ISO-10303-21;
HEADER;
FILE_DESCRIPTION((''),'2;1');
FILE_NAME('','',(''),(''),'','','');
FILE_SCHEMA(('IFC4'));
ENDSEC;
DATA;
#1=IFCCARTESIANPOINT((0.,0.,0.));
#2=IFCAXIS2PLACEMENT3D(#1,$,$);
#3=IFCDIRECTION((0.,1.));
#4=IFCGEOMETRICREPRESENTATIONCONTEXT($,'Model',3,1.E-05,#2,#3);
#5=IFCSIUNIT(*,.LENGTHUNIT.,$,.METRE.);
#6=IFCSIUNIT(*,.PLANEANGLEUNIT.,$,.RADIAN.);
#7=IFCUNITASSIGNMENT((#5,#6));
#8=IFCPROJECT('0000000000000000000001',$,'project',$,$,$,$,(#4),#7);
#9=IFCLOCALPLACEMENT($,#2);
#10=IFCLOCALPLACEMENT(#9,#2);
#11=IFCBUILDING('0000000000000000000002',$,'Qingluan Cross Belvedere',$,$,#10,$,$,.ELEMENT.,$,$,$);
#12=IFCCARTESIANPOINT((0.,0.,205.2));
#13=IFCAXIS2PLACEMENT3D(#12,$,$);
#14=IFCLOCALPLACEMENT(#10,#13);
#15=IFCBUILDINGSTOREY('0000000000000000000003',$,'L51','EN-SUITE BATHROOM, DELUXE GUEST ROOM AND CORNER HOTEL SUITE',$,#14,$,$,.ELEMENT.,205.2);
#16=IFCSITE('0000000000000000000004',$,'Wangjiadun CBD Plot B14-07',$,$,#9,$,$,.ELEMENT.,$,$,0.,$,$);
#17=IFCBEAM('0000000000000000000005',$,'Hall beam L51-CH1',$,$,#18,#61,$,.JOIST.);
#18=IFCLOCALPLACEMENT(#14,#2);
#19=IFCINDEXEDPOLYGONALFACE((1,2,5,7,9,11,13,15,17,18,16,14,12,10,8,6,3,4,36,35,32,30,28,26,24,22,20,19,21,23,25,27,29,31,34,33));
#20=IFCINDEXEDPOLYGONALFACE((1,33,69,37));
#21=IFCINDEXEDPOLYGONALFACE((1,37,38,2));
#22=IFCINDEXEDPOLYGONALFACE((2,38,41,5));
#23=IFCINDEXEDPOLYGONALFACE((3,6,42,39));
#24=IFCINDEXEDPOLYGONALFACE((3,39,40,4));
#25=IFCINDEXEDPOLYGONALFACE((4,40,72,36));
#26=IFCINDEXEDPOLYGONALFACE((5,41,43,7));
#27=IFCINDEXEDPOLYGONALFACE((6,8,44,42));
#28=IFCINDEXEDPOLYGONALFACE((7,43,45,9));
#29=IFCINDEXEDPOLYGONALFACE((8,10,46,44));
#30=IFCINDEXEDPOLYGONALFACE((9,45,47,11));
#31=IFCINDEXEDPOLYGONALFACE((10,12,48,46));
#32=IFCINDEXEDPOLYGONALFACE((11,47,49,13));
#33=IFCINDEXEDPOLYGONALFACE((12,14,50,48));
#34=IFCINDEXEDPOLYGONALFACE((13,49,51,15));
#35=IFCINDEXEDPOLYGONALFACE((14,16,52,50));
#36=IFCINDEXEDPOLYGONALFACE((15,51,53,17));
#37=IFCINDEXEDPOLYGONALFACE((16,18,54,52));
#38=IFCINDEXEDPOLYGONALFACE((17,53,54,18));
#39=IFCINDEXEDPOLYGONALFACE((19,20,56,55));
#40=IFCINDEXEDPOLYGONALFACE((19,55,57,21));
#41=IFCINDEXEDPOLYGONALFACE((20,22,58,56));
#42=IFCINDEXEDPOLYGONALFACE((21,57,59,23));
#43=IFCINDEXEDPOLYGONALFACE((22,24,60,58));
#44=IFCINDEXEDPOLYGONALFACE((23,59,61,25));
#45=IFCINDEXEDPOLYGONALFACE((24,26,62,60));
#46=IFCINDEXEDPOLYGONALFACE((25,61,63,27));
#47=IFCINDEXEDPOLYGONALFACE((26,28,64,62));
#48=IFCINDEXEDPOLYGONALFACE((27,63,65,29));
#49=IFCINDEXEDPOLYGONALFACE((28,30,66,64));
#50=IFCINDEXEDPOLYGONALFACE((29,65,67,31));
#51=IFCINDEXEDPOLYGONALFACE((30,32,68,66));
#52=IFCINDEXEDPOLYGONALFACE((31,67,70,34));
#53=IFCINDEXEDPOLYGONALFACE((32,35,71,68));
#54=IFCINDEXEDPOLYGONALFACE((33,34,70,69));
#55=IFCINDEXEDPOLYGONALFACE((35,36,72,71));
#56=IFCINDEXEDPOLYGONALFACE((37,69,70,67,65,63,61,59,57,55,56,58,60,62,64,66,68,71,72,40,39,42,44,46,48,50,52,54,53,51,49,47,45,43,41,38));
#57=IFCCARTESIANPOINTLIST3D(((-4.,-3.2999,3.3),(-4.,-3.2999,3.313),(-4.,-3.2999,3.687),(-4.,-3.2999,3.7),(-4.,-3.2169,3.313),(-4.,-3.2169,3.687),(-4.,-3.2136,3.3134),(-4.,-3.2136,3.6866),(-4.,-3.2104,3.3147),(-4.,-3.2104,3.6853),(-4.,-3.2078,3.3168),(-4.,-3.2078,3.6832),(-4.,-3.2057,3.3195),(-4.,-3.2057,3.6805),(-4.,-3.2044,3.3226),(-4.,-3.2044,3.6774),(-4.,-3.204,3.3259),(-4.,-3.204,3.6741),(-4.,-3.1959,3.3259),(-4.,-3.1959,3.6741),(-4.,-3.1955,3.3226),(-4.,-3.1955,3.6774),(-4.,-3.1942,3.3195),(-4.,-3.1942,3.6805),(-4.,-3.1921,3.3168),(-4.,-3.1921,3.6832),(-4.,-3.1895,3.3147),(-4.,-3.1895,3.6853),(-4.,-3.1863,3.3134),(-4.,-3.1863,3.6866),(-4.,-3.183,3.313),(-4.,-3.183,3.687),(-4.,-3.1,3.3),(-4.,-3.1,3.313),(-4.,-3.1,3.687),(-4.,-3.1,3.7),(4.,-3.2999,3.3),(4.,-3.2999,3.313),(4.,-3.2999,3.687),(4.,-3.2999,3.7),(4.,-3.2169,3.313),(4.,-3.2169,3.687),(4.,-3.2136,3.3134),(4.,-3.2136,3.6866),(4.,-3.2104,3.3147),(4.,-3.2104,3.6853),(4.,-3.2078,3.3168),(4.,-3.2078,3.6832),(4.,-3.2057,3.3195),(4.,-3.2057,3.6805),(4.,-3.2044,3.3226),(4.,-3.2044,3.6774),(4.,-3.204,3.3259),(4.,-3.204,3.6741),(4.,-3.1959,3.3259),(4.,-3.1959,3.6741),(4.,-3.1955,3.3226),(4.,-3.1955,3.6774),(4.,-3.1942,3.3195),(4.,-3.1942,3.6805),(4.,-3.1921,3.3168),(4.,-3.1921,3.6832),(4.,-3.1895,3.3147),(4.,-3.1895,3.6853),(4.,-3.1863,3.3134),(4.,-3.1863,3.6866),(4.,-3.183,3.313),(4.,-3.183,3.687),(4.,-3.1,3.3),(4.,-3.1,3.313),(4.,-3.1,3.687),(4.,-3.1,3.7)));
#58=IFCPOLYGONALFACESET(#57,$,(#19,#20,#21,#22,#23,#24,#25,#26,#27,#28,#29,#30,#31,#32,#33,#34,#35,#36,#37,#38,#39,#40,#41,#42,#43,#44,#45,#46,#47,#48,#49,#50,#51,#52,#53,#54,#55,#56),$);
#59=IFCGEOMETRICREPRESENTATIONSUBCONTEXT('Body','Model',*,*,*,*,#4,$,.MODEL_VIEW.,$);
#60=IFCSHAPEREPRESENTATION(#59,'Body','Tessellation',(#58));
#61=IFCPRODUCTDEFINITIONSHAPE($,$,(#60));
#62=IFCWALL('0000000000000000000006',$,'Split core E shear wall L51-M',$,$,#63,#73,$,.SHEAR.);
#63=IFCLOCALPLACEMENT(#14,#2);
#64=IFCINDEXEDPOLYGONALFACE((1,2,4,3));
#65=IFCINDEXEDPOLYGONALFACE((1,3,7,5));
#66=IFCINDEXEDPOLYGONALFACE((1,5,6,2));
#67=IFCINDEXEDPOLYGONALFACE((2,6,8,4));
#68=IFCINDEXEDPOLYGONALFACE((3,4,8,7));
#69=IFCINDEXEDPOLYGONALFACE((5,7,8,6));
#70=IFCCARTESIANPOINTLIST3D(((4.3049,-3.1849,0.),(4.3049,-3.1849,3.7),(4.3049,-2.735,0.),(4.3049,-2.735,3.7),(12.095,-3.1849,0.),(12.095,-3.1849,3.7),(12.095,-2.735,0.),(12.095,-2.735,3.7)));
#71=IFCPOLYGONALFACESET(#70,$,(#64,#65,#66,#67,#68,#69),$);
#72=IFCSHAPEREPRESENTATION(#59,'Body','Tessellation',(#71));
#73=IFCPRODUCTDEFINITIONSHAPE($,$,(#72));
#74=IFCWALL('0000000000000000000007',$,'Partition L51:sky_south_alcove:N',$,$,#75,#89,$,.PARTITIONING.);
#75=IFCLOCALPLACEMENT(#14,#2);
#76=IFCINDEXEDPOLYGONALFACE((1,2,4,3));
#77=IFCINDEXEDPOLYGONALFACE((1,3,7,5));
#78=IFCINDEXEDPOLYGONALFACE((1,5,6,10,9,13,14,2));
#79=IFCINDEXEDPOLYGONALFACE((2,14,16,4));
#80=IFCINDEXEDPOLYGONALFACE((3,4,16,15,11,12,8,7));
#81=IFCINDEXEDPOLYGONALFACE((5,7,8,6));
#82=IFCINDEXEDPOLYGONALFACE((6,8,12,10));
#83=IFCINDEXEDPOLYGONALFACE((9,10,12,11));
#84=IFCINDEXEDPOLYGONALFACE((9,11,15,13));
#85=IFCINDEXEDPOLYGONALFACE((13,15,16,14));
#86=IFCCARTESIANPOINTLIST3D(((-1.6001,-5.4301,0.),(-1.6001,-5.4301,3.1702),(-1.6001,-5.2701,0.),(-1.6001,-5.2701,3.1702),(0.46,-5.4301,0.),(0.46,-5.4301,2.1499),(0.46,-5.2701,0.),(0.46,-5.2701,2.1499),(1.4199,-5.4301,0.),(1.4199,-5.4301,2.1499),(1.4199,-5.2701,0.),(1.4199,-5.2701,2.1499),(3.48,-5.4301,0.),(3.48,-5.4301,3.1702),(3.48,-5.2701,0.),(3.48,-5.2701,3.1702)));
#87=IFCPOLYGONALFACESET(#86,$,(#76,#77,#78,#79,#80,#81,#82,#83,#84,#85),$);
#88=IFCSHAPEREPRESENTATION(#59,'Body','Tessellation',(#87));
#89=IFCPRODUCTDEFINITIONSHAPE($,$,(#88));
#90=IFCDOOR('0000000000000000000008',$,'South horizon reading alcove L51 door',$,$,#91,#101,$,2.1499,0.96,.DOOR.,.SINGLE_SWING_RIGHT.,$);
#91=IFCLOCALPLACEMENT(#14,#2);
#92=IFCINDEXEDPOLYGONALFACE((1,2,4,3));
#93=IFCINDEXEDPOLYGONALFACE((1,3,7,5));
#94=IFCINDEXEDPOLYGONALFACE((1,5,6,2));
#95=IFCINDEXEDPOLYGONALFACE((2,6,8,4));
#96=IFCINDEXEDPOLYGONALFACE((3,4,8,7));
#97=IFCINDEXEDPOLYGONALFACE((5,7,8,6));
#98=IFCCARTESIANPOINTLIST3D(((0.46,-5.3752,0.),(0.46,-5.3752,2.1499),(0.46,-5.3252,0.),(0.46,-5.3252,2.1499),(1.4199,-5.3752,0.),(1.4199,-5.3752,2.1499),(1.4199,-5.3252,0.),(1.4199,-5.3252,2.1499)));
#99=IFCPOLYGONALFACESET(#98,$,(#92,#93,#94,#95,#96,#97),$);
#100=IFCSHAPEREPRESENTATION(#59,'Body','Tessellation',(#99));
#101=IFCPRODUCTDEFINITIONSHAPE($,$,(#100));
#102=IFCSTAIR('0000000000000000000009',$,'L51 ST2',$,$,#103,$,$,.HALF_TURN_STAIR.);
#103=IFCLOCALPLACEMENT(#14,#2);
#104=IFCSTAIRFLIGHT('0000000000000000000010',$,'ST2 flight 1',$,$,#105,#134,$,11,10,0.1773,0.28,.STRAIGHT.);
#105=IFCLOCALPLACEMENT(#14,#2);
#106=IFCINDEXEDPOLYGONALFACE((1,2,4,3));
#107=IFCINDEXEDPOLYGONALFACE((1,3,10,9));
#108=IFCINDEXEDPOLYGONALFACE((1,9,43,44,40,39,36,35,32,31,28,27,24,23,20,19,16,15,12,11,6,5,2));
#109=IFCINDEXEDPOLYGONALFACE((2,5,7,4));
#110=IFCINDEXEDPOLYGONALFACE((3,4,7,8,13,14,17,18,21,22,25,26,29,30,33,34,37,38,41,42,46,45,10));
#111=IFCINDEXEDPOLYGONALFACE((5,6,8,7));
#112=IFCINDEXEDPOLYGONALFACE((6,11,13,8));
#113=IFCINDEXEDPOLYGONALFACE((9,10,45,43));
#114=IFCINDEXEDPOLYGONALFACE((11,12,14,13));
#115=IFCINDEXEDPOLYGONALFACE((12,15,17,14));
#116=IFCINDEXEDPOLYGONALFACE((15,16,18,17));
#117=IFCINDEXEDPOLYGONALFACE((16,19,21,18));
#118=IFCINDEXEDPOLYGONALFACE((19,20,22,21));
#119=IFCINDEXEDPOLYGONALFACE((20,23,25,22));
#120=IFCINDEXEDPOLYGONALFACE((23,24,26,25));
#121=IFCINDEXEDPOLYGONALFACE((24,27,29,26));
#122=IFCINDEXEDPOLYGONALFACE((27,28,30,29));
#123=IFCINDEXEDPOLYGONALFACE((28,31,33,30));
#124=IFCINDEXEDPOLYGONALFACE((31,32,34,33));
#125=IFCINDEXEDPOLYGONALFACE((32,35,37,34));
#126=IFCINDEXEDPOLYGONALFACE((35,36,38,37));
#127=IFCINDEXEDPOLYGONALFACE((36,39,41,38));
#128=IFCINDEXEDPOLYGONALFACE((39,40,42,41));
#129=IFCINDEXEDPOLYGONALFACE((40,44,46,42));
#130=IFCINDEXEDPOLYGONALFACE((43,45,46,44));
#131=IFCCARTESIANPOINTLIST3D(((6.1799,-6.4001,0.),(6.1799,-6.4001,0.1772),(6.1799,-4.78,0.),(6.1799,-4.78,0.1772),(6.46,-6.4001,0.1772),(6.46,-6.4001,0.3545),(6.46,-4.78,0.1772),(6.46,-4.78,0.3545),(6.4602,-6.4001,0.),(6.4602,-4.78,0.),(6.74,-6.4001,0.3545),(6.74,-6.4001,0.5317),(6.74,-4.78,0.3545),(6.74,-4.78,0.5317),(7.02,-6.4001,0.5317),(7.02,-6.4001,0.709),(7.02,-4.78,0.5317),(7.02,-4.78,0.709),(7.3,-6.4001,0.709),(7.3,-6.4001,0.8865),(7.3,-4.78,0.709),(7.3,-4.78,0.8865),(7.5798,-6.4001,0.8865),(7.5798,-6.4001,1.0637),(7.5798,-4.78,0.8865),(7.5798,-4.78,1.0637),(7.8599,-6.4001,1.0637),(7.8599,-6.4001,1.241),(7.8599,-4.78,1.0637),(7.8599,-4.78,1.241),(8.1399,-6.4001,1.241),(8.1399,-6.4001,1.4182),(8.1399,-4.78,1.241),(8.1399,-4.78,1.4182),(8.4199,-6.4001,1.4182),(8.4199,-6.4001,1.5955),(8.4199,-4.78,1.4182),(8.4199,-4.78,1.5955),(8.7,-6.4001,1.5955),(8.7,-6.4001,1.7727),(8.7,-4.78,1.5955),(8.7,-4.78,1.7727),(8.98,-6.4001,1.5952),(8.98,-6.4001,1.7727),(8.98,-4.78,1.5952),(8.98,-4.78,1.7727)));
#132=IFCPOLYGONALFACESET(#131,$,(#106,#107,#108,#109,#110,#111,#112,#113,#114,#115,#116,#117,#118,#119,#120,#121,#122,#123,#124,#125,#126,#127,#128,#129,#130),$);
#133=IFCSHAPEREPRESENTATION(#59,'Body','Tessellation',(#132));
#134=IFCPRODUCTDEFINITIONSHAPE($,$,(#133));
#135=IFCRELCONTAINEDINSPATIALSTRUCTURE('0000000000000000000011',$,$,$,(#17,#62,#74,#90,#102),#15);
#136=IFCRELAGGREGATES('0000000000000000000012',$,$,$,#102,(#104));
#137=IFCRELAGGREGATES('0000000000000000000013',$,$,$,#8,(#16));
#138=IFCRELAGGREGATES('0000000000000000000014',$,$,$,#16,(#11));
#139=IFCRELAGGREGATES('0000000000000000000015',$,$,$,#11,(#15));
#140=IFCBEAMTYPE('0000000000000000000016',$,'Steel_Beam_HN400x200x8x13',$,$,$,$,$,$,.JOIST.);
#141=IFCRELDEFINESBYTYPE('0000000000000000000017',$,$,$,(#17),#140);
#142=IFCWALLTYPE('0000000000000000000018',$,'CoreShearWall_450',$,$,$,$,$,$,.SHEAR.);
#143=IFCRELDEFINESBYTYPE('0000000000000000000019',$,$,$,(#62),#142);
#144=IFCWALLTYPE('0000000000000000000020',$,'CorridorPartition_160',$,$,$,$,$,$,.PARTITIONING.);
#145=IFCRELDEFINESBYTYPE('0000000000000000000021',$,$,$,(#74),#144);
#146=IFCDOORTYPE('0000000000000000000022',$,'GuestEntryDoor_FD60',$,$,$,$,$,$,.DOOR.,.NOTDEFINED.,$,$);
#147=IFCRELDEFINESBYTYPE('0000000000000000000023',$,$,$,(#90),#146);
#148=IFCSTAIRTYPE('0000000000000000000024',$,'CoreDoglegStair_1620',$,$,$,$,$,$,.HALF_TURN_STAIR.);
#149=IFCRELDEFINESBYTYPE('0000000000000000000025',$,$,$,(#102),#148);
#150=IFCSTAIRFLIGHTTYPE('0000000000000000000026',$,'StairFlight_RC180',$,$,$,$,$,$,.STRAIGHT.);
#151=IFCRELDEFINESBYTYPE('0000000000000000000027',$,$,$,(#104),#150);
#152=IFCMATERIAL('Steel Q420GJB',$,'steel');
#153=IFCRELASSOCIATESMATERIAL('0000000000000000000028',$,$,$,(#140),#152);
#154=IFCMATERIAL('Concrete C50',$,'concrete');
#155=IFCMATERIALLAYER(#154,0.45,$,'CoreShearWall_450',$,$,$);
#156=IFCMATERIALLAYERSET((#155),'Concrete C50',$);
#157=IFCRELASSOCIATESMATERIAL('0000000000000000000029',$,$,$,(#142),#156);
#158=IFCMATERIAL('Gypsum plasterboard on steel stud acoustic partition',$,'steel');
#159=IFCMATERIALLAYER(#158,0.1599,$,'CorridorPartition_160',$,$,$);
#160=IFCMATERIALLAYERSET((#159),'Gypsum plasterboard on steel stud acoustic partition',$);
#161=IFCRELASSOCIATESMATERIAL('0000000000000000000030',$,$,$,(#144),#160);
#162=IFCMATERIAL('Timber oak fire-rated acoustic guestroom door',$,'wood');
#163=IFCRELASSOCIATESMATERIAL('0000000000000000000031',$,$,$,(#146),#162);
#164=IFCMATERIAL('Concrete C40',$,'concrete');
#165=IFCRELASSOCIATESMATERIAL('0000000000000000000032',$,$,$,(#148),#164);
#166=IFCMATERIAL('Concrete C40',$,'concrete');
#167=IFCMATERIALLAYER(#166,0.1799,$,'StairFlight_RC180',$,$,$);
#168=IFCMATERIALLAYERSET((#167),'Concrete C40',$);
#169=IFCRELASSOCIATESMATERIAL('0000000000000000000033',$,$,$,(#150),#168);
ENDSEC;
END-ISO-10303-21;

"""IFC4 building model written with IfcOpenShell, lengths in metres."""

from ifc_helpers import new_model, si_unit, direction, frame, frame_2d, origin, origin_2d, place, context, subcontext, project, spatial, polyline, rectangle, i_section, outline, extrude, material, layer, layer_set, material_profile, profile_set, type_object, element, fill, aggregate, save


model = new_model("IFC4")

# Units and contexts
model_context = context("Model", 3, precision=1e-05, world=origin(), true_north=direction((0.0, 1.0)))
body_context = subcontext(model_context, "Body", "Model", "MODEL_VIEW")
ifc_project = project(units=[si_unit("LENGTHUNIT", "METRE"), si_unit("PLANEANGLEUNIT", "RADIAN")], contexts=[model_context])

# Site, building, storey
site_placement = place(None, origin())
site = spatial("IfcSite", under=ifc_project, at=site_placement, Name="Wangjiadun CBD Plot B14-07", CompositionType="ELEMENT", RefElevation=0.0)
building_placement = place(site_placement, origin())
building = spatial("IfcBuilding", under=site, at=building_placement, Name="Qingluan Cross Belvedere", CompositionType="ELEMENT")
storey_placement = place(building_placement, frame((0.0, 0.0, 205.2)))
storey = spatial("IfcBuildingStorey", under=building, at=storey_placement, Name="L51", Description="EN-SUITE BATHROOM, DELUXE GUEST ROOM AND CORNER HOTEL SUITE", CompositionType="ELEMENT", Elevation=205.2)

# Beam
ifc_material_1 = material(Name="Steel Q420GJB", Category="steel")
ifc_material_profile = material_profile(ifc_material_1, i_section(OverallWidth=0.2, OverallDepth=0.3999, WebThickness=0.0081, FlangeThickness=0.0129, FilletRadius=0.0129, at=origin_2d()), Name="HN400x200x8x13")
ifc_profile_set = profile_set([ifc_material_profile], Name="Steel Q420GJB")
beam_type = type_object("IfcBeamType", Name="Steel_Beam_HN400x200x8x13", PredefinedType="JOIST", material=ifc_profile_set)
beam_placement = place(storey_placement, frame((-4.0, -3.2, 3.5), z_axis=(1.0, 0.0, 0.0), x_axis=(0.0, 1.0, 0.0)))
element("IfcBeam", 1, at=beam_placement, inside=storey, type_object=beam_type, Name="Hall beam L51-CH1", PredefinedType="JOIST", context=body_context, shape_type="SweptSolid", body=[
    extrude(i_section(OverallWidth=0.2, OverallDepth=0.3999, WebThickness=0.0081, FlangeThickness=0.0129, FilletRadius=0.0129, at=origin_2d()), origin(), (0.0, 0.0, 1.0), 8.0),
])

# Wall
ifc_material_2 = material(Name="Concrete C50", Category="concrete")
ifc_layer_1 = layer(ifc_material_2, 0.45, Name="CoreShearWall_450")
ifc_layer_set_1 = layer_set([ifc_layer_1], Name="Concrete C50")
wall_type_1 = type_object("IfcWallType", Name="CoreShearWall_450", PredefinedType="SHEAR", material=ifc_layer_set_1)
wall_1_placement = place(storey_placement, frame((4.3049, -2.96, 0.0), z_axis=(0.0, 0.0, 1.0), x_axis=(1.0, 0.0, 0.0)))
element("IfcWall", 2, at=wall_1_placement, inside=storey, type_object=wall_type_1, Name="Split core E shear wall L51-M", PredefinedType="SHEAR", context=body_context, shape_type="SweptSolid", body=[
    extrude(rectangle(XDim=7.79, YDim=0.45, at=frame_2d((3.895, 0.0))), origin(), (0.0, 0.0, 1.0), 3.7),
])

# Wall, opening, door
ifc_material_3 = material(Name="Gypsum plasterboard on steel stud acoustic partition", Category="steel")
ifc_layer_2 = layer(ifc_material_3, 0.1599, Name="CorridorPartition_160")
ifc_layer_set_2 = layer_set([ifc_layer_2], Name="Gypsum plasterboard on steel stud acoustic partition")
wall_type_2 = type_object("IfcWallType", Name="CorridorPartition_160", PredefinedType="PARTITIONING", material=ifc_layer_set_2)
wall_2_placement = place(storey_placement, frame((-1.6001, -5.3501, 0.0), z_axis=(0.0, 0.0, 1.0), x_axis=(1.0, 0.0, 0.0)))
wall_2 = element("IfcWall", 3, at=wall_2_placement, inside=storey, type_object=wall_type_2, Name="Partition L51:sky_south_alcove:N", PredefinedType="PARTITIONING", context=body_context, shape_type="SweptSolid", body=[
    extrude(rectangle(XDim=5.0801, YDim=0.1599, at=frame_2d((2.54, 0.0))), origin(), (0.0, 0.0, 1.0), 3.1702),
])
opening_1_placement = place(wall_2_placement, frame((2.0601, 0.0, 0.0)))
opening_1 = element("IfcOpeningElement", 4, at=opening_1_placement, cuts=wall_2, PredefinedType="OPENING", context=body_context, shape_type="SweptSolid", body=[
    extrude(rectangle(XDim=0.96, YDim=2.1499, at=frame_2d((0.48, 1.075))), frame((0.0, 0.0898, 0.0), z_axis=(0.0, -1.0, 0.0), x_axis=(1.0, 0.0, 0.0)), (0.0, 0.0, 1.0), 0.1799),
])
ifc_material_4 = material(Name="Timber oak fire-rated acoustic guestroom door", Category="wood")
door_type_1 = type_object("IfcDoorType", Name="GuestEntryDoor_FD60", OperationType="NOTDEFINED", PredefinedType="DOOR", material=ifc_material_4)
door_1_placement = place(opening_1_placement, origin())
door_1 = element("IfcDoor", 5, at=door_1_placement, inside=storey, type_object=door_type_1, Name="South horizon reading alcove L51 door", OperationType="SINGLE_SWING_RIGHT", OverallHeight=2.1499, OverallWidth=0.96, PredefinedType="DOOR", context=body_context, shape_type="SweptSolid", body=[
    extrude(rectangle(XDim=0.96, YDim=2.1499, at=frame_2d((0.48, 1.075))), frame((0.0, 0.0249, 0.0), z_axis=(0.0, -1.0, 0.0), x_axis=(1.0, 0.0, 0.0)), (0.0, 0.0, 1.0), 0.05),
])
fill(opening_1, door_1)

# Stair, stair flight
ifc_material_5 = material(Name="Concrete C40", Category="concrete")
stair_type = type_object("IfcStairType", Name="CoreDoglegStair_1620", PredefinedType="HALF_TURN_STAIR", material=ifc_material_5)
stair_placement = place(storey_placement, origin())
stair = element("IfcStair", 6, at=stair_placement, inside=storey, type_object=stair_type, Name="L51 ST2", PredefinedType="HALF_TURN_STAIR")
ifc_material_6 = material(Name="Concrete C40", Category="concrete")
ifc_layer_3 = layer(ifc_material_6, 0.1799, Name="StairFlight_RC180")
ifc_layer_set_3 = layer_set([ifc_layer_3], Name="Concrete C40")
stair_flight_type = type_object("IfcStairFlightType", Name="StairFlight_RC180", PredefinedType="STRAIGHT", material=ifc_layer_set_3)
stair_flight_placement = place(storey_placement, frame((6.1799, -5.5901, 0.0), z_axis=(0.0, 0.0, 1.0), x_axis=(1.0, 0.0, 0.0)))
stair_flight = element("IfcStairFlight", 7, at=stair_flight_placement, type_object=stair_flight_type, Name="ST2 flight 1", NumberOfRisers=11, NumberOfTreads=10, PredefinedType="STRAIGHT", RiserHeight=0.1773, TreadLength=0.28, context=body_context, shape_type="SweptSolid", body=[
    extrude(outline(polyline([(0.0, 0.0), (0.0, 0.1772), (0.28, 0.1772), (0.28, 0.3545), (0.5601, 0.3545), (0.5601, 0.5317), (0.8401, 0.5317), (0.8401, 0.709), (1.1201, 0.709), (1.1201, 0.8865), (1.3999, 0.8865), (1.3999, 1.0637), (1.6799, 1.0637), (1.6799, 1.241), (1.96, 1.241), (1.96, 1.4182), (2.24, 1.4182), (2.24, 1.5955), (2.52, 1.5955), (2.52, 1.7727), (2.8, 1.7727), (2.8, 1.95), (2.8, 1.5952), (0.2803, 0.0), (0.0, 0.0)])), frame((0.0, 0.8101, 0.0), z_axis=(0.0, -1.0, 0.0), x_axis=(1.0, 0.0, 0.0)), (0.0, 0.0, 1.0), 1.6201),
])
aggregate(stair, [stair_flight])

save(model, "model.ifc")
